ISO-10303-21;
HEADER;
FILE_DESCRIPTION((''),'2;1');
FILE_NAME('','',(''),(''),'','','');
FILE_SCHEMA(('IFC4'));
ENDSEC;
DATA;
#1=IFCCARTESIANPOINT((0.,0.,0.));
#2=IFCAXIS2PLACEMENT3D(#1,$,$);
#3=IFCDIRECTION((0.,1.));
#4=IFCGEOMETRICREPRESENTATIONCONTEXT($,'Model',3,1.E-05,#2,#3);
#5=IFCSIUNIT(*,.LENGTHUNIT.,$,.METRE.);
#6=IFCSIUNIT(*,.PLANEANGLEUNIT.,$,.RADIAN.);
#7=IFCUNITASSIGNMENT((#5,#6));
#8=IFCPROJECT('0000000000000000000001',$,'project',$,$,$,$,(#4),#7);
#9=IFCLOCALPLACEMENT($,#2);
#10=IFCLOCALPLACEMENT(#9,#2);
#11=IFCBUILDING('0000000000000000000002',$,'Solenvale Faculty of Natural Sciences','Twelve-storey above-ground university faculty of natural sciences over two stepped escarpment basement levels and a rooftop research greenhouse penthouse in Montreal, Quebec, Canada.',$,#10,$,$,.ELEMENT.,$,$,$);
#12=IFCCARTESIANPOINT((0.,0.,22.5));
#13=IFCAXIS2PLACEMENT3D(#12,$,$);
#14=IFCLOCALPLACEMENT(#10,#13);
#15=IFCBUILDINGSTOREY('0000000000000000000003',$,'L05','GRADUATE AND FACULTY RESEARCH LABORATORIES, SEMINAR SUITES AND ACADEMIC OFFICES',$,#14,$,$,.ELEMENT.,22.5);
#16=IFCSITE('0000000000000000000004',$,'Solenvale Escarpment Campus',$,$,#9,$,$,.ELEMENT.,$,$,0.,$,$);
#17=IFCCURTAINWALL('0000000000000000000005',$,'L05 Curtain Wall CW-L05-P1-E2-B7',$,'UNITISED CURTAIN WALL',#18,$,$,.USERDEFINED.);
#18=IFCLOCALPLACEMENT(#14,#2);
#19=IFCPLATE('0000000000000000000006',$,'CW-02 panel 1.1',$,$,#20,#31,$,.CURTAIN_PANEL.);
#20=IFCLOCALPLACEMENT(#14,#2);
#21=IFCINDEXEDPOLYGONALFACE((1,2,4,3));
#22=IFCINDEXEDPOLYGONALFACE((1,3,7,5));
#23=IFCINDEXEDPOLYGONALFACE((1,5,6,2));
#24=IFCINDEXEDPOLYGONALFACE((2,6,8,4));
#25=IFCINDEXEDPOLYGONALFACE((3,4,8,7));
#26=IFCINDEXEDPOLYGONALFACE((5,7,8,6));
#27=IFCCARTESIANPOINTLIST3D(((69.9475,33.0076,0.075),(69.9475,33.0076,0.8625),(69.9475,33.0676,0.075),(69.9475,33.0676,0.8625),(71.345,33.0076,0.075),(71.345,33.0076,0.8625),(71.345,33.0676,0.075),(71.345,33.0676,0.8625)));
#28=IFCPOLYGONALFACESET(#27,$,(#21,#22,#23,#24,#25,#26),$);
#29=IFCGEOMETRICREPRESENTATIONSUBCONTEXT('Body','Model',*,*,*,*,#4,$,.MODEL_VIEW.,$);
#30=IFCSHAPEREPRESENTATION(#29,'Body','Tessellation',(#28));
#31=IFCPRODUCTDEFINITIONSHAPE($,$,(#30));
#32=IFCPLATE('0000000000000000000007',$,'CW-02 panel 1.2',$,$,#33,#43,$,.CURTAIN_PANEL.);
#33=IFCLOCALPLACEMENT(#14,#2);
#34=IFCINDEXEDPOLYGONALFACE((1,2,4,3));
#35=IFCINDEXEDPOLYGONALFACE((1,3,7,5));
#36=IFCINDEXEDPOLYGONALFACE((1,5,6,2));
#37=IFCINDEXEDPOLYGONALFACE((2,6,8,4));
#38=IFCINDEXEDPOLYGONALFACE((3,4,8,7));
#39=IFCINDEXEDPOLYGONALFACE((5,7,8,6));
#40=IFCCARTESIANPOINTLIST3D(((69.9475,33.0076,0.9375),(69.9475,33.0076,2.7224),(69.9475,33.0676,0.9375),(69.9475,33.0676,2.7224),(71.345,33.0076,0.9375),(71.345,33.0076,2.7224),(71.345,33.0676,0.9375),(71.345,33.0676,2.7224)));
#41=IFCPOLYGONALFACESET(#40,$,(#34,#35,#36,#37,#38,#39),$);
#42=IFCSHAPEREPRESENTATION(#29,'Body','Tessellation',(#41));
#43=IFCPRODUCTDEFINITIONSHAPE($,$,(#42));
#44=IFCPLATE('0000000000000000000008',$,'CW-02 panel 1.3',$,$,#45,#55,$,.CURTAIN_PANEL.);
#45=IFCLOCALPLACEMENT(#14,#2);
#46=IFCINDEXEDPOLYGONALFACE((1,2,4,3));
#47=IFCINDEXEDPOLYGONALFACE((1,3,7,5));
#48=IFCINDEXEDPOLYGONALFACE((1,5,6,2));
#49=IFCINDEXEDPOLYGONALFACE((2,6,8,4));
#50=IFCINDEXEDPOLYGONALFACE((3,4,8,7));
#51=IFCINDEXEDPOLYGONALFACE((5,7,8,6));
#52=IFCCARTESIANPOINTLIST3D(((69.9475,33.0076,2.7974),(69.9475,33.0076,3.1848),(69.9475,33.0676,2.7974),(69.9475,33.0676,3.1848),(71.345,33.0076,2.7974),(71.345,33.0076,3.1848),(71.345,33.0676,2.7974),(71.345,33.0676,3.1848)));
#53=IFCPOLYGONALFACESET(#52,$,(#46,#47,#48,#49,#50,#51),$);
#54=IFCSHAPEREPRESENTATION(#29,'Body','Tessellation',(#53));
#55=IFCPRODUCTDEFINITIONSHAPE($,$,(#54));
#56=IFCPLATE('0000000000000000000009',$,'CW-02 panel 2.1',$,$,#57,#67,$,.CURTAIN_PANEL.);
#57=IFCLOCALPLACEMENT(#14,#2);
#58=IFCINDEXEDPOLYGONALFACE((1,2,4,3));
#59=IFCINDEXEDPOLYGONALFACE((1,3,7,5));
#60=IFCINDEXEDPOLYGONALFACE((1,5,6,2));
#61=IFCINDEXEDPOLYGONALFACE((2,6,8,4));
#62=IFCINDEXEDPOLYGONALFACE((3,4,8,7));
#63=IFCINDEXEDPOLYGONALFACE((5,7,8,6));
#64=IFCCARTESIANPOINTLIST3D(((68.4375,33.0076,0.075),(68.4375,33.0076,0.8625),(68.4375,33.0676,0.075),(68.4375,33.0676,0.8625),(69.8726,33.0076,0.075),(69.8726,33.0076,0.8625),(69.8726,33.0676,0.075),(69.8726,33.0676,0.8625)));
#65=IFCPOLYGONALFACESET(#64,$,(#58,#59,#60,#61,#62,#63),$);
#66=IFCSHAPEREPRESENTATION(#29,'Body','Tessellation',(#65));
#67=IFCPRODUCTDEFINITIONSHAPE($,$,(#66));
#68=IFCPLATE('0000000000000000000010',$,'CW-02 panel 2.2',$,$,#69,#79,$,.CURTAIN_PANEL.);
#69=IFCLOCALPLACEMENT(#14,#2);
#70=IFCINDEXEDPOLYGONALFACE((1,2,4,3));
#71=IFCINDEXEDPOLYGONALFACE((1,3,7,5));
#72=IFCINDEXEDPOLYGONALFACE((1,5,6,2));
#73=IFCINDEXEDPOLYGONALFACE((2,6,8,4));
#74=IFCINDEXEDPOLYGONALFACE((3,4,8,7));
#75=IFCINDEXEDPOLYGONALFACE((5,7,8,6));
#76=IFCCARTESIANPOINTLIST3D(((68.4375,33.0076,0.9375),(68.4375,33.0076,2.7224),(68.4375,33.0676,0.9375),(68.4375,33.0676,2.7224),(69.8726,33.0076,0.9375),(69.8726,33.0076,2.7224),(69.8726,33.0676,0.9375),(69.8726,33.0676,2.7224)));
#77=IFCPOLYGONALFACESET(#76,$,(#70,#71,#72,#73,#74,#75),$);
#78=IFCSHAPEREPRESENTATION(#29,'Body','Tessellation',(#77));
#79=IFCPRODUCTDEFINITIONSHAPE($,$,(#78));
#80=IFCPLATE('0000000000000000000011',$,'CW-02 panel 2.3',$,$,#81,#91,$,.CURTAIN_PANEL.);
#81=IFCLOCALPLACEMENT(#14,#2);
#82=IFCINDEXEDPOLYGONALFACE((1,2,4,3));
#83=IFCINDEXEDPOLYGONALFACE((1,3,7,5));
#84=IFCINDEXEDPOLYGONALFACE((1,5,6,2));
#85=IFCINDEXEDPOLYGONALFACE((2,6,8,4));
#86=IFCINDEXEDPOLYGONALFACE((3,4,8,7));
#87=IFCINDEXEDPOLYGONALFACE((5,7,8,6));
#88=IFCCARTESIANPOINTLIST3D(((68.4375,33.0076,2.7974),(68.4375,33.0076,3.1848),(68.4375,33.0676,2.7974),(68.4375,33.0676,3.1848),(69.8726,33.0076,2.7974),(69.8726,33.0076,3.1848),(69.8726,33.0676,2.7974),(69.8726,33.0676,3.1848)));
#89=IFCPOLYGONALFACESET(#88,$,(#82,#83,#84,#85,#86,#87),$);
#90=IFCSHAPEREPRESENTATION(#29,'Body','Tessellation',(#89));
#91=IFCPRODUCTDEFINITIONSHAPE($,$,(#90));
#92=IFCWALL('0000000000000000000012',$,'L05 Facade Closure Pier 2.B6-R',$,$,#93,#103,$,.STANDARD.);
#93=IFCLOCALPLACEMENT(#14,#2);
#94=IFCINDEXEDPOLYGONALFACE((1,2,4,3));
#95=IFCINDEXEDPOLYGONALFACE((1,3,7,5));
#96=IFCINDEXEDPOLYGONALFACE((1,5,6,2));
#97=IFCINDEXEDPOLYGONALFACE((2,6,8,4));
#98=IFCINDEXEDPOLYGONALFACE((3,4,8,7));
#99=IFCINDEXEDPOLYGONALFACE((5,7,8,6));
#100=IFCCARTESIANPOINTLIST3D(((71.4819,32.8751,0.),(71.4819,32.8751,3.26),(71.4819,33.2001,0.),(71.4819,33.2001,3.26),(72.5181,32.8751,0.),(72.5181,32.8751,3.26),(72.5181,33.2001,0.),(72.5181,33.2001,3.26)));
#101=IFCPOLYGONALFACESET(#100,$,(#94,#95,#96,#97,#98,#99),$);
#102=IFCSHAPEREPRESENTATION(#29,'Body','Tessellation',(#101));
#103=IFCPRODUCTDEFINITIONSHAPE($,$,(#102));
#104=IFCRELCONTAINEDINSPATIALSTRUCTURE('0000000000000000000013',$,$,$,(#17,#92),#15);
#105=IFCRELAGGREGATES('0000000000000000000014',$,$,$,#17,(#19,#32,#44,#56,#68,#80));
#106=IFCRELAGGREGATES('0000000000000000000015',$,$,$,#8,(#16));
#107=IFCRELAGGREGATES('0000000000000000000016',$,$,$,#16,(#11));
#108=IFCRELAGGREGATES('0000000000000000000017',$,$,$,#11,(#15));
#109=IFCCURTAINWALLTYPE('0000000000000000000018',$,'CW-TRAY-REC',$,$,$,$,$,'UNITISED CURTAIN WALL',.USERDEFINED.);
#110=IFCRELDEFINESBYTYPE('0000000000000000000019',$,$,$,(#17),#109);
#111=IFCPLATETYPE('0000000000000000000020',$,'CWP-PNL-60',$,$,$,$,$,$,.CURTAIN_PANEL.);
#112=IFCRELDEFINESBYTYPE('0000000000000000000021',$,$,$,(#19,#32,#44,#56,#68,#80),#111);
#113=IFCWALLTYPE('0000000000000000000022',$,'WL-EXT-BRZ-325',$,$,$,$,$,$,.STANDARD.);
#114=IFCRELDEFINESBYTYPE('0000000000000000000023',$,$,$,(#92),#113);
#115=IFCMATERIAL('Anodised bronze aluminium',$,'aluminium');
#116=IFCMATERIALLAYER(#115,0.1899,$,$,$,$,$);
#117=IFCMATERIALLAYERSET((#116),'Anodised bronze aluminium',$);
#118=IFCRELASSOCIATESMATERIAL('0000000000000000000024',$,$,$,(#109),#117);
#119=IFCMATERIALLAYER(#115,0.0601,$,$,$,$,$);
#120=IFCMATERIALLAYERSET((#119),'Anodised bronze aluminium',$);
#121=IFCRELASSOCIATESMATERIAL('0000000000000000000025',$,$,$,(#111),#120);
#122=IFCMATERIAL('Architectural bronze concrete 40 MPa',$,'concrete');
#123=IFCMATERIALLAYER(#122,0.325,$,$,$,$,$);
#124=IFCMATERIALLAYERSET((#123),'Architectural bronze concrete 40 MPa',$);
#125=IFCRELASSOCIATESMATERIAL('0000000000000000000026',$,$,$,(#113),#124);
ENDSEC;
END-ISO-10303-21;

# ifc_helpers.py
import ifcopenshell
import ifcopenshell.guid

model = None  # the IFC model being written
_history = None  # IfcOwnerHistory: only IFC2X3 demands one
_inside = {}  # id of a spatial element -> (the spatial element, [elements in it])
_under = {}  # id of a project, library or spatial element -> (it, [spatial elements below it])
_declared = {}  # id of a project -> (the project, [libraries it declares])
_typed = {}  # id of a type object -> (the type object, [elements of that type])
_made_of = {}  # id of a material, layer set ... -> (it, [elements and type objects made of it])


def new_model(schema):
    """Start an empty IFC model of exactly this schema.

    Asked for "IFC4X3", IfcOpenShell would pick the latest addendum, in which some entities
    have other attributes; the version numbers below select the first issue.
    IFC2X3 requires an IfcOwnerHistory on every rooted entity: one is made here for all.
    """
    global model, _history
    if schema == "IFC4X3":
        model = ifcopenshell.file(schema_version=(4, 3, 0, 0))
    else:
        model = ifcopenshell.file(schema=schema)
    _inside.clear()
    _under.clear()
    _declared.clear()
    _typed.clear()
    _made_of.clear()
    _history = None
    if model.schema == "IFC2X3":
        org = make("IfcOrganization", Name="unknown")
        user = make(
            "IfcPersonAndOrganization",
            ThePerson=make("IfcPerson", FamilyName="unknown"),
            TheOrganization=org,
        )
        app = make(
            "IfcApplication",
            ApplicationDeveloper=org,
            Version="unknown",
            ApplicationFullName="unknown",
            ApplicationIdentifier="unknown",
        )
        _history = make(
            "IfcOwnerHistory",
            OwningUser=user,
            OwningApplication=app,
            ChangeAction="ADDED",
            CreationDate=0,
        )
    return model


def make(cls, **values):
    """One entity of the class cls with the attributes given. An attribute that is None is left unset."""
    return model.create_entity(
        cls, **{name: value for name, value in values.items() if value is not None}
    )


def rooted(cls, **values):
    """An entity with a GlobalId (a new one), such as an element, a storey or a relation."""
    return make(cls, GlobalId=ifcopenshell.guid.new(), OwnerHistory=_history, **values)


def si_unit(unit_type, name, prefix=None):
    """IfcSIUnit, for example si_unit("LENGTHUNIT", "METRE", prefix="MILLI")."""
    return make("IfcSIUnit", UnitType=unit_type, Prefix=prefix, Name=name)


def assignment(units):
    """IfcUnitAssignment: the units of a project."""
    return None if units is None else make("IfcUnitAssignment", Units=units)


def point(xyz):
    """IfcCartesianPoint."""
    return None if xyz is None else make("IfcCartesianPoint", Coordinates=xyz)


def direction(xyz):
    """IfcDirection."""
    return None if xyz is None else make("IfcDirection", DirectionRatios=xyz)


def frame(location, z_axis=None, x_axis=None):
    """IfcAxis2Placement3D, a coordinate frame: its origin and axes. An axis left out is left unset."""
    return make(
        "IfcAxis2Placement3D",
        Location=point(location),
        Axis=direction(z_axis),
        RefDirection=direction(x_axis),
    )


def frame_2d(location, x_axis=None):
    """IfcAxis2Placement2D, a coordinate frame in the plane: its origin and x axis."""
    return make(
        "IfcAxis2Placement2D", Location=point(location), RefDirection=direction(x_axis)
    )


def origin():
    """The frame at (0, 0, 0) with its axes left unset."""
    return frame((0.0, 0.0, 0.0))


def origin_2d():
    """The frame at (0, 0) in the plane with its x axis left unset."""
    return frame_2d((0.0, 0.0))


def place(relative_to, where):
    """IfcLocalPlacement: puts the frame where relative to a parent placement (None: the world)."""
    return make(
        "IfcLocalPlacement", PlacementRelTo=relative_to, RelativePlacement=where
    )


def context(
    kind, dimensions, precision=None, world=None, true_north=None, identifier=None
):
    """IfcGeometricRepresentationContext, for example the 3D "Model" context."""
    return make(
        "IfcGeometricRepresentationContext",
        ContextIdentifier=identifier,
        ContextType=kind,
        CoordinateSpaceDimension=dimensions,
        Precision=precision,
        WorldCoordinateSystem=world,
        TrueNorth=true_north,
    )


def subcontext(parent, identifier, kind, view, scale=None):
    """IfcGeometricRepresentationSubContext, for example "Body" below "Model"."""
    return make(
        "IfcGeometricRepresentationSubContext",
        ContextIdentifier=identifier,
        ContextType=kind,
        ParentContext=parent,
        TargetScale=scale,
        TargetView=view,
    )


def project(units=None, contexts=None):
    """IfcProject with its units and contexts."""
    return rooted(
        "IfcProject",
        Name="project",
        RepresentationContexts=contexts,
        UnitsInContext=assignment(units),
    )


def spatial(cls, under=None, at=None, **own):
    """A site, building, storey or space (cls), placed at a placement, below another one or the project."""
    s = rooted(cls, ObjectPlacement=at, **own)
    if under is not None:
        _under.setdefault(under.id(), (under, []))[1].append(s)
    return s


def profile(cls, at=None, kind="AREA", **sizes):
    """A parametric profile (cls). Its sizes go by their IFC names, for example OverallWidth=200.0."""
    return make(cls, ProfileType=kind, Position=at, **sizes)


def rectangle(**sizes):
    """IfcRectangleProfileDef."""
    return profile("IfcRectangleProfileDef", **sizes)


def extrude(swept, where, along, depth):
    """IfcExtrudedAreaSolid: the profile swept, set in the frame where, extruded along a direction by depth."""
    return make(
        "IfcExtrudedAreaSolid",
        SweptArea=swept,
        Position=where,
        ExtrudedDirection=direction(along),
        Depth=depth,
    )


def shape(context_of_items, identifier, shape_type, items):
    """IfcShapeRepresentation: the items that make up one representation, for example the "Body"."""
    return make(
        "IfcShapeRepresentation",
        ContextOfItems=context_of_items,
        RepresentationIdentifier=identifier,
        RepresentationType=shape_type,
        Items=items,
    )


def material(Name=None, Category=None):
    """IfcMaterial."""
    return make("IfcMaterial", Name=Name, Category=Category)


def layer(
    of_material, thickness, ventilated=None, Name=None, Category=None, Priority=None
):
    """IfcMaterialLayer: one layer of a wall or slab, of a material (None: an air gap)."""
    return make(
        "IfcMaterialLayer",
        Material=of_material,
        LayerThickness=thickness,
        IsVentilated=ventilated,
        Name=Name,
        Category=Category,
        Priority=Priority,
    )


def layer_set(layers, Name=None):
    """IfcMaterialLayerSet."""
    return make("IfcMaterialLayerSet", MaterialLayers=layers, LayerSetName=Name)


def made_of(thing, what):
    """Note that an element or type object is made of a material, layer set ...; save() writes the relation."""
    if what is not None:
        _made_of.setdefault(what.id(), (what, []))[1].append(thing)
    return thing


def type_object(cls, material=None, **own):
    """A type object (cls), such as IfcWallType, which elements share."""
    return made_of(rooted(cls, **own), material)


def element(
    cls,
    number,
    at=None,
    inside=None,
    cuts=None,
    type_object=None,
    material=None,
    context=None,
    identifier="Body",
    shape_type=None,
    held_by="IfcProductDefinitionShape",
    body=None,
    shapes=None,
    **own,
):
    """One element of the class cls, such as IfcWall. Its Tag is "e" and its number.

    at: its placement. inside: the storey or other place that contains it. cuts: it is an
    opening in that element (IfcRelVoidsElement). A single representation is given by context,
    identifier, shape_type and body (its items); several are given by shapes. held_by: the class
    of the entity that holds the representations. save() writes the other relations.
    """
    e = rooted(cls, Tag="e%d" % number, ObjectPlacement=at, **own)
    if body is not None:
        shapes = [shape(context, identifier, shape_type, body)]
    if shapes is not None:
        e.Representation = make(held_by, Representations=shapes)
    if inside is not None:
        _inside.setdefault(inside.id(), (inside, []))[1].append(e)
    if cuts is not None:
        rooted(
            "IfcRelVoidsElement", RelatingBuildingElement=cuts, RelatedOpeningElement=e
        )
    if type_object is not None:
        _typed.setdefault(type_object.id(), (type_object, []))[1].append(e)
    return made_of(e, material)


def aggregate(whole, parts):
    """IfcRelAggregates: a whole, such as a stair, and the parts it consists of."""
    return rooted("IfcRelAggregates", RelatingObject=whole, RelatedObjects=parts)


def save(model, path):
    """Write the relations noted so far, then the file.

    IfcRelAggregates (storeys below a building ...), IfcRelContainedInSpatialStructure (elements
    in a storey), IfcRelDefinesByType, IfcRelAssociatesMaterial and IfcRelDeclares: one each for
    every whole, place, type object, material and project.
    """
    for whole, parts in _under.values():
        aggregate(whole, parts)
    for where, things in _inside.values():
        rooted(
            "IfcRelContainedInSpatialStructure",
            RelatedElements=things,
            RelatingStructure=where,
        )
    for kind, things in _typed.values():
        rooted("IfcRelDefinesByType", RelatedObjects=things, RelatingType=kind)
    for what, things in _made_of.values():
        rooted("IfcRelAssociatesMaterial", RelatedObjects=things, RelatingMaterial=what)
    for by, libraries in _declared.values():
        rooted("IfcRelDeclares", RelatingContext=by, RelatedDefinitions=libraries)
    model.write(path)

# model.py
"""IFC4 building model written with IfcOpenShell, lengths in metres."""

from ifc_helpers import new_model, si_unit, direction, frame, frame_2d, origin, origin_2d, place, context, subcontext, project, spatial, rectangle, extrude, material, layer, layer_set, type_object, element, aggregate, save


model = new_model("IFC4")

# Units and contexts
model_context = context("Model", 3, precision=1e-05, world=origin(), true_north=direction((0.0, 1.0)))
body_context = subcontext(model_context, "Body", "Model", "MODEL_VIEW")
ifc_project = project(units=[si_unit("LENGTHUNIT", "METRE"), si_unit("PLANEANGLEUNIT", "RADIAN")], contexts=[model_context])

# Site, building, storey
site_placement = place(None, origin())
site = spatial("IfcSite", under=ifc_project, at=site_placement, Name="Solenvale Escarpment Campus", CompositionType="ELEMENT", RefElevation=0.0)
building_placement = place(site_placement, origin())
building = spatial("IfcBuilding", under=site, at=building_placement, Name="Solenvale Faculty of Natural Sciences", Description="Twelve-storey above-ground university faculty of natural sciences over two stepped escarpment basement levels and a rooftop research greenhouse penthouse in Montreal, Quebec, Canada.", CompositionType="ELEMENT")
storey_placement = place(building_placement, frame((0.0, 0.0, 22.5)))
storey = spatial("IfcBuildingStorey", under=building, at=storey_placement, Name="L05", Description="GRADUATE AND FACULTY RESEARCH LABORATORIES, SEMINAR SUITES AND ACADEMIC OFFICES", CompositionType="ELEMENT", Elevation=22.5)

# Curtain wall
ifc_material_1 = material(Name="Anodised bronze aluminium", Category="aluminium")
ifc_layer_1 = layer(ifc_material_1, 0.1899)
ifc_layer_set_1 = layer_set([ifc_layer_1], Name="Anodised bronze aluminium")
curtain_wall_type = type_object("IfcCurtainWallType", Name="CW-TRAY-REC", ElementType="UNITISED CURTAIN WALL", PredefinedType="USERDEFINED", material=ifc_layer_set_1)
curtain_wall_1_placement = place(storey_placement, origin())
curtain_wall_1 = element("IfcCurtainWall", 1, at=curtain_wall_1_placement, inside=storey, type_object=curtain_wall_type, Name="L05 Curtain Wall CW-L05-P1-E2-B7", ObjectType="UNITISED CURTAIN WALL", PredefinedType="USERDEFINED")

# Plates
ifc_layer_2 = layer(ifc_material_1, 0.0601)
ifc_layer_set_2 = layer_set([ifc_layer_2], Name="Anodised bronze aluminium")
plate_type_1 = type_object("IfcPlateType", Name="CWP-PNL-60", PredefinedType="CURTAIN_PANEL", material=ifc_layer_set_2)
plate_1_placement = place(storey_placement, frame((70.6462, 33.0376, 0.075), z_axis=(0.0, 0.0, 1.0), x_axis=(-1.0, 0.0, 0.0)))
plate_1 = element("IfcPlate", 2, at=plate_1_placement, type_object=plate_type_1, Name="CW-02 panel 1.1", PredefinedType="CURTAIN_PANEL", context=body_context, shape_type="SweptSolid", body=[
    extrude(rectangle(XDim=1.3975, YDim=0.0601, at=origin_2d()), origin(), (0.0, 0.0, 1.0), 0.7876),
])
plate_2_placement = place(storey_placement, frame((70.6462, 33.0376, 0.9375), z_axis=(0.0, 0.0, 1.0), x_axis=(-1.0, 0.0, 0.0)))
plate_2 = element("IfcPlate", 3, at=plate_2_placement, type_object=plate_type_1, Name="CW-02 panel 1.2", PredefinedType="CURTAIN_PANEL", context=body_context, shape_type="SweptSolid", body=[
    extrude(rectangle(XDim=1.3975, YDim=0.0601, at=origin_2d()), origin(), (0.0, 0.0, 1.0), 1.7849),
])
plate_3_placement = place(storey_placement, frame((70.6462, 33.0376, 2.7974), z_axis=(0.0, 0.0, 1.0), x_axis=(-1.0, 0.0, 0.0)))
plate_3 = element("IfcPlate", 4, at=plate_3_placement, type_object=plate_type_1, Name="CW-02 panel 1.3", PredefinedType="CURTAIN_PANEL", context=body_context, shape_type="SweptSolid", body=[
    extrude(rectangle(XDim=1.3975, YDim=0.0601, at=origin_2d()), origin(), (0.0, 0.0, 1.0), 0.3875),
])
plate_4_placement = place(storey_placement, frame((69.155, 33.0376, 0.075), z_axis=(0.0, 0.0, 1.0), x_axis=(-1.0, 0.0, 0.0)))
plate_4 = element("IfcPlate", 5, at=plate_4_placement, type_object=plate_type_1, Name="CW-02 panel 2.1", PredefinedType="CURTAIN_PANEL", context=body_context, shape_type="SweptSolid", body=[
    extrude(rectangle(XDim=1.4351, YDim=0.0601, at=origin_2d()), origin(), (0.0, 0.0, 1.0), 0.7876),
])
plate_5_placement = place(storey_placement, frame((69.155, 33.0376, 0.9375), z_axis=(0.0, 0.0, 1.0), x_axis=(-1.0, 0.0, 0.0)))
plate_5 = element("IfcPlate", 6, at=plate_5_placement, type_object=plate_type_1, Name="CW-02 panel 2.2", PredefinedType="CURTAIN_PANEL", context=body_context, shape_type="SweptSolid", body=[
    extrude(rectangle(XDim=1.4351, YDim=0.0601, at=origin_2d()), origin(), (0.0, 0.0, 1.0), 1.7849),
])
plate_6_placement = place(storey_placement, frame((69.155, 33.0376, 2.7974), z_axis=(0.0, 0.0, 1.0), x_axis=(-1.0, 0.0, 0.0)))
plate_6 = element("IfcPlate", 7, at=plate_6_placement, type_object=plate_type_1, Name="CW-02 panel 2.3", PredefinedType="CURTAIN_PANEL", context=body_context, shape_type="SweptSolid", body=[
    extrude(rectangle(XDim=1.4351, YDim=0.0601, at=origin_2d()), origin(), (0.0, 0.0, 1.0), 0.3875),
])
aggregate(curtain_wall_1, [plate_1, plate_2, plate_3, plate_4, plate_5, plate_6])

# Wall
ifc_material_2 = material(Name="Architectural bronze concrete 40 MPa", Category="concrete")
ifc_layer_3 = layer(ifc_material_2, 0.325)
ifc_layer_set_3 = layer_set([ifc_layer_3], Name="Architectural bronze concrete 40 MPa")
wall_type = type_object("IfcWallType", Name="WL-EXT-BRZ-325", PredefinedType="STANDARD", material=ifc_layer_set_3)
wall_placement = place(storey_placement, frame((72.5181, 33.0376, 0.0), z_axis=(0.0, 0.0, 1.0), x_axis=(-1.0, 0.0, 0.0)))
element("IfcWall", 8, at=wall_placement, inside=storey, type_object=wall_type, Name="L05 Facade Closure Pier 2.B6-R", PredefinedType="STANDARD", context=body_context, shape_type="SweptSolid", body=[
    extrude(rectangle(XDim=1.0361, YDim=0.325, at=frame_2d((0.5181, 0.0))), origin(), (0.0, 0.0, 1.0), 3.26),
])

save(model, "model.ifc")
